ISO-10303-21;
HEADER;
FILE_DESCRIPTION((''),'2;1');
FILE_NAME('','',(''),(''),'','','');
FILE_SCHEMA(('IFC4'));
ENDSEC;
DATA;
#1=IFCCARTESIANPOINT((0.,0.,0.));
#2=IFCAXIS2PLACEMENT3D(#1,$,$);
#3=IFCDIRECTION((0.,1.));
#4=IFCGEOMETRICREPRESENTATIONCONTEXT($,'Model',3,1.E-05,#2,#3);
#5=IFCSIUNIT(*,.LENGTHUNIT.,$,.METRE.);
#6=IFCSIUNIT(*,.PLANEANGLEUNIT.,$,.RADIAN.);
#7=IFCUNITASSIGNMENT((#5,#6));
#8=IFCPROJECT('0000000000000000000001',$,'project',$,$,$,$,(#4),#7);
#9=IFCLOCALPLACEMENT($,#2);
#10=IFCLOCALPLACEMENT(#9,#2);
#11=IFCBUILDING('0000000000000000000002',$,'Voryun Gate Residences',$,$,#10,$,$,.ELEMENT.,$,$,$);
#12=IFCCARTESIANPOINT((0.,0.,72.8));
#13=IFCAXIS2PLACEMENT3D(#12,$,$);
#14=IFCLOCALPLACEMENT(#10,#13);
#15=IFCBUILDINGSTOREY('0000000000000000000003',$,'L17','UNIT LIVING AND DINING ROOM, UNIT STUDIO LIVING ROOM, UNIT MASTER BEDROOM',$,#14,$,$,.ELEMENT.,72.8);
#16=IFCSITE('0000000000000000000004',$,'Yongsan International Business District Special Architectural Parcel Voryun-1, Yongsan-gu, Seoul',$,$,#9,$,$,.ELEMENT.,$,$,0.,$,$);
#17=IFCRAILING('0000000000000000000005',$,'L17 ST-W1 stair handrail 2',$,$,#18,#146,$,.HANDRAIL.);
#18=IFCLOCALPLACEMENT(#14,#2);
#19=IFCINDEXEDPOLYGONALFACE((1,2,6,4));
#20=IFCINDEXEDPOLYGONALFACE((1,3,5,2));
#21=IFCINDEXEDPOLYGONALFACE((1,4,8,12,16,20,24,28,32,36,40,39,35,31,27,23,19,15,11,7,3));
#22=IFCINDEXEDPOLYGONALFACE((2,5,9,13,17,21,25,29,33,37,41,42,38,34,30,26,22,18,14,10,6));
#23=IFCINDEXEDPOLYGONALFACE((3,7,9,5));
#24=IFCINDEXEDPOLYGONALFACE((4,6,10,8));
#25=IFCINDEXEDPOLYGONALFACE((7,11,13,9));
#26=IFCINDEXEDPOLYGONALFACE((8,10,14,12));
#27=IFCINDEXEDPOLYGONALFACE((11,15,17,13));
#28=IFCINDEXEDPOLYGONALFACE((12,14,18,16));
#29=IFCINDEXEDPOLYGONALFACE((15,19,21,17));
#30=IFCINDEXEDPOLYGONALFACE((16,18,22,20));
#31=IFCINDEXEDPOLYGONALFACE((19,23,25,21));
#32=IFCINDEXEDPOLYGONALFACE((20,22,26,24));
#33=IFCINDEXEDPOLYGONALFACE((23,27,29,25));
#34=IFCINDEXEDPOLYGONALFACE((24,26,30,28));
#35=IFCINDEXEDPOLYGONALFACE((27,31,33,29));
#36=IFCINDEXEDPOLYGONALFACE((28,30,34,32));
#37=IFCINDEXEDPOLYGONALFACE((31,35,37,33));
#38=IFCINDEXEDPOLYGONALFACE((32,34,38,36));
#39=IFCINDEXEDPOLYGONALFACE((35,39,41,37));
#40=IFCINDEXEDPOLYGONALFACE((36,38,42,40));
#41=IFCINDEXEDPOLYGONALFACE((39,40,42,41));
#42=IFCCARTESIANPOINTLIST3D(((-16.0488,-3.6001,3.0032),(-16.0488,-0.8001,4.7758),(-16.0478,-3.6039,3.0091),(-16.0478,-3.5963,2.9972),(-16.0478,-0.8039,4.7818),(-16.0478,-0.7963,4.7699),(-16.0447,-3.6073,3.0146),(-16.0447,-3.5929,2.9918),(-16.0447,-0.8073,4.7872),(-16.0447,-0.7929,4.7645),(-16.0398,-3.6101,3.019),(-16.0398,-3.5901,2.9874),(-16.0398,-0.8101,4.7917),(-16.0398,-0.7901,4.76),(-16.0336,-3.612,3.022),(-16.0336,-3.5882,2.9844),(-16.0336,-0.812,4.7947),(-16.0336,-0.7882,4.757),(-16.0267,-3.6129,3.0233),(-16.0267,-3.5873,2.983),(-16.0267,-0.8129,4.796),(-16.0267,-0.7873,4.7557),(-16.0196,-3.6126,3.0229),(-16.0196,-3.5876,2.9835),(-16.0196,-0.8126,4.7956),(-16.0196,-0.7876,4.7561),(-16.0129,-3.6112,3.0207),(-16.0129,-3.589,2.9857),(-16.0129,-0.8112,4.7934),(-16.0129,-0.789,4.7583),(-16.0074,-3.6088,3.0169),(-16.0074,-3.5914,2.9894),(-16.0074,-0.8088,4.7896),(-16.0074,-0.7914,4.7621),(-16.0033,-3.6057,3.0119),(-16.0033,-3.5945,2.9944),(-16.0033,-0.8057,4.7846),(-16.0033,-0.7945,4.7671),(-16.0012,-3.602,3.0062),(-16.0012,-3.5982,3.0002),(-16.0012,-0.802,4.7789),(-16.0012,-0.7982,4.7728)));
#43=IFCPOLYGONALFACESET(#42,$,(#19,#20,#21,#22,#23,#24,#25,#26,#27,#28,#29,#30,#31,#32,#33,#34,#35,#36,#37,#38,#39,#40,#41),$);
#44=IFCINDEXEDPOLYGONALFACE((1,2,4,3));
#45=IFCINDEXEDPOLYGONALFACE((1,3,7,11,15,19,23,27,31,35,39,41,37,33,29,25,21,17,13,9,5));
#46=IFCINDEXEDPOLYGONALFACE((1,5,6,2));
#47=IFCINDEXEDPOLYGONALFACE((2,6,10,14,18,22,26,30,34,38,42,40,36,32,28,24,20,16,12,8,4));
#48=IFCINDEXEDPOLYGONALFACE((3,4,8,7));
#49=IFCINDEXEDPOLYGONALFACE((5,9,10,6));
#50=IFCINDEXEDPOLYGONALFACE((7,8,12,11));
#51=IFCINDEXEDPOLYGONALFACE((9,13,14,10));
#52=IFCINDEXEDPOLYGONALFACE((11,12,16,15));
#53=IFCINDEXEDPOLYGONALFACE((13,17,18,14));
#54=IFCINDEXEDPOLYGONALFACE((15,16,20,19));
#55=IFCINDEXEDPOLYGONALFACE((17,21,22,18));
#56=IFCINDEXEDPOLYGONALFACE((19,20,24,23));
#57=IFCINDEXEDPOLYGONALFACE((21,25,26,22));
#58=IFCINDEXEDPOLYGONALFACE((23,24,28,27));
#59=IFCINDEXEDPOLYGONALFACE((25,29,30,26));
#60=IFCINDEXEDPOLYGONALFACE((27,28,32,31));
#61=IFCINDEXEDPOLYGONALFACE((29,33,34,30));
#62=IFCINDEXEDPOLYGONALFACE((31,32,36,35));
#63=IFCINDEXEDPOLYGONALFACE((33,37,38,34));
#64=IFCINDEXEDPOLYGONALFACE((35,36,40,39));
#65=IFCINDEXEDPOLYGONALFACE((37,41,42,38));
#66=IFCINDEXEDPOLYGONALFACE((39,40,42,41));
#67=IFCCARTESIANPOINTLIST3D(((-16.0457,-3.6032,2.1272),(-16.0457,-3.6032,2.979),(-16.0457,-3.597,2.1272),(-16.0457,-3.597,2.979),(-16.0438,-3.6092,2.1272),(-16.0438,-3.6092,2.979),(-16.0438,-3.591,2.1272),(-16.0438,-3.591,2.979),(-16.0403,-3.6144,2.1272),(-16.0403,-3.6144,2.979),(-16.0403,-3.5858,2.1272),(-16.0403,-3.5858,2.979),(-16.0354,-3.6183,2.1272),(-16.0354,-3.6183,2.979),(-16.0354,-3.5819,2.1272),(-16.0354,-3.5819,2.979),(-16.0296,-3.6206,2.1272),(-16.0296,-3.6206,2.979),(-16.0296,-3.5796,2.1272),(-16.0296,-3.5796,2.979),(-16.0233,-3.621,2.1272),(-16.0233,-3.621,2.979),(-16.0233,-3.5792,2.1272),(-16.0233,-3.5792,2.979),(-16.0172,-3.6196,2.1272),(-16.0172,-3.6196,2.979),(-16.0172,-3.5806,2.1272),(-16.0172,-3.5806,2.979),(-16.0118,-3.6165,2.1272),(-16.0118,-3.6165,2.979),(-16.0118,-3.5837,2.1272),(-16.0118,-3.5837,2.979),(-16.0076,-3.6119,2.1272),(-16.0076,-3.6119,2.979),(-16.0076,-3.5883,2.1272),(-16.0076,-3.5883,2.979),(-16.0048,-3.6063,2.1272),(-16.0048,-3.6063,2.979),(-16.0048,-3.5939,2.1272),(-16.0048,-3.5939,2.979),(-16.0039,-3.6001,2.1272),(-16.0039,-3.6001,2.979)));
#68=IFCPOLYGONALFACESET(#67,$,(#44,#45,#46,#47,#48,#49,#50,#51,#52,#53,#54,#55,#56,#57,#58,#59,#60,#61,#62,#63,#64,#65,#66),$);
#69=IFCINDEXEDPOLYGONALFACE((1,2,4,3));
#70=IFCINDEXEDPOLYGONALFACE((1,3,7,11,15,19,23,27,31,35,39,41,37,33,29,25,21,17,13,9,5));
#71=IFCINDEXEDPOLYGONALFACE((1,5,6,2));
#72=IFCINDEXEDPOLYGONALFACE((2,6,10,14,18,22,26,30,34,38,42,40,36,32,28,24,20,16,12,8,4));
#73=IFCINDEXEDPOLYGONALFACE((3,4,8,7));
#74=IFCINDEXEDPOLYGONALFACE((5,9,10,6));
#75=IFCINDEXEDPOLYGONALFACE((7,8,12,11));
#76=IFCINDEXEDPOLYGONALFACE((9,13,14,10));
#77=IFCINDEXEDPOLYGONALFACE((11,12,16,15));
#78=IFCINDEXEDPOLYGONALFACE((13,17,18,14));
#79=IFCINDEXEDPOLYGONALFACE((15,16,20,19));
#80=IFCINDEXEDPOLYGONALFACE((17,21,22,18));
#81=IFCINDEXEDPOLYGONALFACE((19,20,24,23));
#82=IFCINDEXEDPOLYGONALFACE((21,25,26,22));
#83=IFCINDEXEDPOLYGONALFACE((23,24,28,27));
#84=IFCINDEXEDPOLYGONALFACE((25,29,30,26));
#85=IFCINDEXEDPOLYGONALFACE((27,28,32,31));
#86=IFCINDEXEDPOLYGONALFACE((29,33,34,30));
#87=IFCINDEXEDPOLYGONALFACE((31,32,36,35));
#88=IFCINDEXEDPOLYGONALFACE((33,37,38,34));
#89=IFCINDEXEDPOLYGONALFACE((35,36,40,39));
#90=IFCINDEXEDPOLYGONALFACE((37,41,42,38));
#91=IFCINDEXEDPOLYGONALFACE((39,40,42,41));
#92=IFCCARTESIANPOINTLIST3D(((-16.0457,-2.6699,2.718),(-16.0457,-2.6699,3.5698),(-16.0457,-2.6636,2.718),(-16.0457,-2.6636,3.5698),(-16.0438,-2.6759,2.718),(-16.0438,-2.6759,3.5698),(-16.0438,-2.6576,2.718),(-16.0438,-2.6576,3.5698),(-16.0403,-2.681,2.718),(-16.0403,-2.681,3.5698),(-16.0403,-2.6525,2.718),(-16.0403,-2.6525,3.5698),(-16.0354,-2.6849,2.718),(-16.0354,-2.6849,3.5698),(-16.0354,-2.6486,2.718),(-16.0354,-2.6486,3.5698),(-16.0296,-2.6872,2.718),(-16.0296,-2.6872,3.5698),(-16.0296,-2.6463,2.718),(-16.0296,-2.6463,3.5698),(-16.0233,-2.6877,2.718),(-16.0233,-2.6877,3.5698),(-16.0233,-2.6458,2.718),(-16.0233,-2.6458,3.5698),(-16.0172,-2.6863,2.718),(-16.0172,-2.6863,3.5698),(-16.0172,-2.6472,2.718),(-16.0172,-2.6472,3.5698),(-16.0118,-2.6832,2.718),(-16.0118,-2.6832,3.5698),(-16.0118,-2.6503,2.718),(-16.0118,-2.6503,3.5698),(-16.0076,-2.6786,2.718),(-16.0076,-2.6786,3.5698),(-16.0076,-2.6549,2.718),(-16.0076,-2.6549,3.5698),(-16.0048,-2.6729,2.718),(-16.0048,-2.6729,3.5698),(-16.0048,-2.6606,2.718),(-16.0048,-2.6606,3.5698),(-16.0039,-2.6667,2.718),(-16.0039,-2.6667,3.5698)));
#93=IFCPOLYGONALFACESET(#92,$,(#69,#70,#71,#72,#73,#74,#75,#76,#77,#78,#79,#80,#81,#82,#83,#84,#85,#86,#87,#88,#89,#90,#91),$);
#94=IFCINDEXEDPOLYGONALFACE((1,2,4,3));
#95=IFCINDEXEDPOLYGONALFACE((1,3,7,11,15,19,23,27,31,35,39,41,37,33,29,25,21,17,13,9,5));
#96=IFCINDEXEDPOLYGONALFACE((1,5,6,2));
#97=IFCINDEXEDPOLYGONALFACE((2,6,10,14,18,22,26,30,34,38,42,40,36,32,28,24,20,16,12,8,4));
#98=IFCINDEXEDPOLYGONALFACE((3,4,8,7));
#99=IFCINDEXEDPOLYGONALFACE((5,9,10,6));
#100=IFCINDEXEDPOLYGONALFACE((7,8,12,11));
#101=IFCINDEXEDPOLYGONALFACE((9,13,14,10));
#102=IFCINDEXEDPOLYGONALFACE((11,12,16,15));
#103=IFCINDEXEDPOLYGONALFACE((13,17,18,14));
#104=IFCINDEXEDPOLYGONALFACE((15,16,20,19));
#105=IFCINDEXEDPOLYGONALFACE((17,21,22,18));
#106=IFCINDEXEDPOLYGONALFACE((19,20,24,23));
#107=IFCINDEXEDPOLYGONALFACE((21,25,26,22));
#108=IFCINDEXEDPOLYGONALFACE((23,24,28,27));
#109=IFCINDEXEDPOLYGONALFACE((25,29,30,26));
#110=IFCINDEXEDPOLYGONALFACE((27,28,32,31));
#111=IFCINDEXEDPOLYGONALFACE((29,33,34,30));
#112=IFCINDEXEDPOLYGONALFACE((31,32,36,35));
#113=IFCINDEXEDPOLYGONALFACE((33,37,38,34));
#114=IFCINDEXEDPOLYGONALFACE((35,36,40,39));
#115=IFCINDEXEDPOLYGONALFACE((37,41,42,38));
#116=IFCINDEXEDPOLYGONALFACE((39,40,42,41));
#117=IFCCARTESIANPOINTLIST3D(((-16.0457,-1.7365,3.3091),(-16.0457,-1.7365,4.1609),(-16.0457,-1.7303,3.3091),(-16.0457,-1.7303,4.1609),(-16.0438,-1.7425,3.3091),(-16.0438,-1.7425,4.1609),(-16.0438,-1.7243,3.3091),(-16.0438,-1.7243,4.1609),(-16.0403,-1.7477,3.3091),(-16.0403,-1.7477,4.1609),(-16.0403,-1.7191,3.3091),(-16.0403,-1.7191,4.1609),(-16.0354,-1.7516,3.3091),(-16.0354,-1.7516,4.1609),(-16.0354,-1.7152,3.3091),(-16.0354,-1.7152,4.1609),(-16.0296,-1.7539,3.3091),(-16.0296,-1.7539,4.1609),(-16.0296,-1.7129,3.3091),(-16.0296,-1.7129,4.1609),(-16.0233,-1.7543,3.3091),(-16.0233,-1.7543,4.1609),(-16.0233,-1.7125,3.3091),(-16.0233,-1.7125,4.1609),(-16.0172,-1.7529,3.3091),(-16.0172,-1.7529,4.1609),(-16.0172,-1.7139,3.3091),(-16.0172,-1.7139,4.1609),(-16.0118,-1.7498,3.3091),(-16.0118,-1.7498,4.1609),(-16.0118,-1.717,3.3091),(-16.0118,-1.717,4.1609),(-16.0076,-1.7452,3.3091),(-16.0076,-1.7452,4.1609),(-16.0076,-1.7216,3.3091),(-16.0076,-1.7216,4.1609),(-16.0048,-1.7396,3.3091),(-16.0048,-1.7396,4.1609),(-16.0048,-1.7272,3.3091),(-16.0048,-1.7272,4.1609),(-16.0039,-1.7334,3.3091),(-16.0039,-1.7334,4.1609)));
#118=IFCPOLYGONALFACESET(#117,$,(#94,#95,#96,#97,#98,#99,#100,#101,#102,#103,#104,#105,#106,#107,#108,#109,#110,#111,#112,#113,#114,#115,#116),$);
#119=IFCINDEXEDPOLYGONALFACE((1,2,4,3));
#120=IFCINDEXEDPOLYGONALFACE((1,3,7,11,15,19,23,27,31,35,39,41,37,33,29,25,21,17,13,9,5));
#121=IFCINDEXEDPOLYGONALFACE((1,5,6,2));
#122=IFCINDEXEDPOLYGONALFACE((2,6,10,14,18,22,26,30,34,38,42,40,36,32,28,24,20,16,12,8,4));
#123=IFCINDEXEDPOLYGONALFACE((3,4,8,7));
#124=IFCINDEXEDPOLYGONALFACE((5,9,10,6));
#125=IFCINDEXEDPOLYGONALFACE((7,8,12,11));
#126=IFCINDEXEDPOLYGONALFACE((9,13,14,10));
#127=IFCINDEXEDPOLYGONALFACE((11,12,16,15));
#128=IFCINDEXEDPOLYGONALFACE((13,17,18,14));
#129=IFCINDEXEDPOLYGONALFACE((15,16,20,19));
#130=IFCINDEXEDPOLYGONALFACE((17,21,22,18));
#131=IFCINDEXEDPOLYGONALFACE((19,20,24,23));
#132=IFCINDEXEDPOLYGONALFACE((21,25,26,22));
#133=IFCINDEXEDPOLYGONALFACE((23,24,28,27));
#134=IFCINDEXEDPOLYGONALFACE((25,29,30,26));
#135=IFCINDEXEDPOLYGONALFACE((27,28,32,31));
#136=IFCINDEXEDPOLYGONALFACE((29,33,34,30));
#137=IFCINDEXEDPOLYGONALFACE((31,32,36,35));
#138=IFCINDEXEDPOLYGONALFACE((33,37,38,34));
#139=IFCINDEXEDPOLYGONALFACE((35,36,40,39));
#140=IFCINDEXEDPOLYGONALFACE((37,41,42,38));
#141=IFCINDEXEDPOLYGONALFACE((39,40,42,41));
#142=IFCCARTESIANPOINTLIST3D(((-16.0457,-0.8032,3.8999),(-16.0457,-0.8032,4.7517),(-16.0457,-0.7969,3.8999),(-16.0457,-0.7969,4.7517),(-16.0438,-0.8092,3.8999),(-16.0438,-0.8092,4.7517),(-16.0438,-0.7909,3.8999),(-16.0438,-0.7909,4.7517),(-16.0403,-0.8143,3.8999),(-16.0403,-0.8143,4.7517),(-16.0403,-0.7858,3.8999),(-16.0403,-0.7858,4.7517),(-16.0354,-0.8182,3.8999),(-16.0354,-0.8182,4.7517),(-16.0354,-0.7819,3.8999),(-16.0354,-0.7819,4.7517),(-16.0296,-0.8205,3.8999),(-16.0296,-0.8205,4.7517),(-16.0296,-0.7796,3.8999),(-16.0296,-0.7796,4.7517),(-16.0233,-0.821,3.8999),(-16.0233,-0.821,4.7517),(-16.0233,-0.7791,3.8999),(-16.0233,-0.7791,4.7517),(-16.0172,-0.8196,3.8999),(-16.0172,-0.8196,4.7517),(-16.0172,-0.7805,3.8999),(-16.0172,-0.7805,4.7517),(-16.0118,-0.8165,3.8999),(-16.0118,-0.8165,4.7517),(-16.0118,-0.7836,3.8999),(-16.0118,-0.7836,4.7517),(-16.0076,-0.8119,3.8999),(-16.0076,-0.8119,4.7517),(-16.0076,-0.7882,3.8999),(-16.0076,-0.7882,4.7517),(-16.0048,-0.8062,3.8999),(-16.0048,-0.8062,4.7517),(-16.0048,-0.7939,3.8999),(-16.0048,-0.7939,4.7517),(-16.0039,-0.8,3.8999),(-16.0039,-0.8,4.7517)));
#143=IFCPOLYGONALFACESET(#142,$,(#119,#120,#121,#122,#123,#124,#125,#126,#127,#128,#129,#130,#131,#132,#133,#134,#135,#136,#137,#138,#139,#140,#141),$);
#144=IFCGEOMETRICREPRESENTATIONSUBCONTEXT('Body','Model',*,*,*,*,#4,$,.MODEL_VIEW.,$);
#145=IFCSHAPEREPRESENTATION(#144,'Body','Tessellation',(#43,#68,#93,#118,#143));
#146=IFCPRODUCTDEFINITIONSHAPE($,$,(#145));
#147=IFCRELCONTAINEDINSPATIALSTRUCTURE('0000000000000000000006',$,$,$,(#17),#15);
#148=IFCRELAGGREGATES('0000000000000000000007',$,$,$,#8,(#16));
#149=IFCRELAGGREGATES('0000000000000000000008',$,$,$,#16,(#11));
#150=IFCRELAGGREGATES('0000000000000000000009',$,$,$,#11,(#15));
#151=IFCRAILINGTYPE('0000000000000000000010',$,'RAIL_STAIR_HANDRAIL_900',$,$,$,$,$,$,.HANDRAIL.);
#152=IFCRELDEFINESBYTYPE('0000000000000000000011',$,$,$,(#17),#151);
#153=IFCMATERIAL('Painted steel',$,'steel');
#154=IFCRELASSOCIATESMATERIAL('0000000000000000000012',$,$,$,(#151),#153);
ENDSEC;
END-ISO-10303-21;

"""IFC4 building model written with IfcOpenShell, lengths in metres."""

from ifc_helpers import new_model, si_unit, direction, frame, origin, origin_2d, place, context, subcontext, project, spatial, circle, extrude, material, type_object, element, save


model = new_model("IFC4")

# Units and contexts
model_context = context("Model", 3, precision=1e-05, world=origin(), true_north=direction((0.0, 1.0)))
body_context = subcontext(model_context, "Body", "Model", "MODEL_VIEW")
ifc_project = project(units=[si_unit("LENGTHUNIT", "METRE"), si_unit("PLANEANGLEUNIT", "RADIAN")], contexts=[model_context])

# Site, building, storey
site_placement = place(None, origin())
site = spatial("IfcSite", under=ifc_project, at=site_placement, Name="Yongsan International Business District Special Architectural Parcel Voryun-1, Yongsan-gu, Seoul", CompositionType="ELEMENT", RefElevation=0.0)
building_placement = place(site_placement, origin())
building = spatial("IfcBuilding", under=site, at=building_placement, Name="Voryun Gate Residences", CompositionType="ELEMENT")
storey_placement = place(building_placement, frame((0.0, 0.0, 72.8)))
storey = spatial("IfcBuildingStorey", under=building, at=storey_placement, Name="L17", Description="UNIT LIVING AND DINING ROOM, UNIT STUDIO LIVING ROOM, UNIT MASTER BEDROOM", CompositionType="ELEMENT", Elevation=72.8)

# Railing
ifc_material_1 = material(Name="Painted steel", Category="steel")
railing_type_1 = type_object("IfcRailingType", Name="RAIL_STAIR_HANDRAIL_900", PredefinedType="HANDRAIL", material=ifc_material_1)
railing_1_placement = place(storey_placement, frame((-16.0249, -3.6001, 2.1272)))
element("IfcRailing", 1, at=railing_1_placement, inside=storey, type_object=railing_type_1, Name="L17 ST-W1 stair handrail 2", PredefinedType="HANDRAIL", context=body_context, shape_type="SweptSolid", body=[
    extrude(circle(Radius=0.0239, at=origin_2d()), frame((0.0, 0.0, 0.876), z_axis=(0.0, 0.844909, 0.53491), x_axis=(-1.0, 0.0, 0.0)), (0.0, 0.0, 1.0), 3.314),
    extrude(circle(Radius=0.021, at=origin_2d()), origin(), (0.0, 0.0, 1.0), 0.8518),
    extrude(circle(Radius=0.021, at=origin_2d()), frame((0.0, 0.9333, 0.5908)), (0.0, 0.0, 1.0), 0.8518),
    extrude(circle(Radius=0.021, at=origin_2d()), frame((0.0, 1.8667, 1.1819)), (0.0, 0.0, 1.0), 0.8518),
    extrude(circle(Radius=0.021, at=origin_2d()), frame((0.0, 2.8, 1.7727)), (0.0, 0.0, 1.0), 0.8518),
])

save(model, "model.ifc")
